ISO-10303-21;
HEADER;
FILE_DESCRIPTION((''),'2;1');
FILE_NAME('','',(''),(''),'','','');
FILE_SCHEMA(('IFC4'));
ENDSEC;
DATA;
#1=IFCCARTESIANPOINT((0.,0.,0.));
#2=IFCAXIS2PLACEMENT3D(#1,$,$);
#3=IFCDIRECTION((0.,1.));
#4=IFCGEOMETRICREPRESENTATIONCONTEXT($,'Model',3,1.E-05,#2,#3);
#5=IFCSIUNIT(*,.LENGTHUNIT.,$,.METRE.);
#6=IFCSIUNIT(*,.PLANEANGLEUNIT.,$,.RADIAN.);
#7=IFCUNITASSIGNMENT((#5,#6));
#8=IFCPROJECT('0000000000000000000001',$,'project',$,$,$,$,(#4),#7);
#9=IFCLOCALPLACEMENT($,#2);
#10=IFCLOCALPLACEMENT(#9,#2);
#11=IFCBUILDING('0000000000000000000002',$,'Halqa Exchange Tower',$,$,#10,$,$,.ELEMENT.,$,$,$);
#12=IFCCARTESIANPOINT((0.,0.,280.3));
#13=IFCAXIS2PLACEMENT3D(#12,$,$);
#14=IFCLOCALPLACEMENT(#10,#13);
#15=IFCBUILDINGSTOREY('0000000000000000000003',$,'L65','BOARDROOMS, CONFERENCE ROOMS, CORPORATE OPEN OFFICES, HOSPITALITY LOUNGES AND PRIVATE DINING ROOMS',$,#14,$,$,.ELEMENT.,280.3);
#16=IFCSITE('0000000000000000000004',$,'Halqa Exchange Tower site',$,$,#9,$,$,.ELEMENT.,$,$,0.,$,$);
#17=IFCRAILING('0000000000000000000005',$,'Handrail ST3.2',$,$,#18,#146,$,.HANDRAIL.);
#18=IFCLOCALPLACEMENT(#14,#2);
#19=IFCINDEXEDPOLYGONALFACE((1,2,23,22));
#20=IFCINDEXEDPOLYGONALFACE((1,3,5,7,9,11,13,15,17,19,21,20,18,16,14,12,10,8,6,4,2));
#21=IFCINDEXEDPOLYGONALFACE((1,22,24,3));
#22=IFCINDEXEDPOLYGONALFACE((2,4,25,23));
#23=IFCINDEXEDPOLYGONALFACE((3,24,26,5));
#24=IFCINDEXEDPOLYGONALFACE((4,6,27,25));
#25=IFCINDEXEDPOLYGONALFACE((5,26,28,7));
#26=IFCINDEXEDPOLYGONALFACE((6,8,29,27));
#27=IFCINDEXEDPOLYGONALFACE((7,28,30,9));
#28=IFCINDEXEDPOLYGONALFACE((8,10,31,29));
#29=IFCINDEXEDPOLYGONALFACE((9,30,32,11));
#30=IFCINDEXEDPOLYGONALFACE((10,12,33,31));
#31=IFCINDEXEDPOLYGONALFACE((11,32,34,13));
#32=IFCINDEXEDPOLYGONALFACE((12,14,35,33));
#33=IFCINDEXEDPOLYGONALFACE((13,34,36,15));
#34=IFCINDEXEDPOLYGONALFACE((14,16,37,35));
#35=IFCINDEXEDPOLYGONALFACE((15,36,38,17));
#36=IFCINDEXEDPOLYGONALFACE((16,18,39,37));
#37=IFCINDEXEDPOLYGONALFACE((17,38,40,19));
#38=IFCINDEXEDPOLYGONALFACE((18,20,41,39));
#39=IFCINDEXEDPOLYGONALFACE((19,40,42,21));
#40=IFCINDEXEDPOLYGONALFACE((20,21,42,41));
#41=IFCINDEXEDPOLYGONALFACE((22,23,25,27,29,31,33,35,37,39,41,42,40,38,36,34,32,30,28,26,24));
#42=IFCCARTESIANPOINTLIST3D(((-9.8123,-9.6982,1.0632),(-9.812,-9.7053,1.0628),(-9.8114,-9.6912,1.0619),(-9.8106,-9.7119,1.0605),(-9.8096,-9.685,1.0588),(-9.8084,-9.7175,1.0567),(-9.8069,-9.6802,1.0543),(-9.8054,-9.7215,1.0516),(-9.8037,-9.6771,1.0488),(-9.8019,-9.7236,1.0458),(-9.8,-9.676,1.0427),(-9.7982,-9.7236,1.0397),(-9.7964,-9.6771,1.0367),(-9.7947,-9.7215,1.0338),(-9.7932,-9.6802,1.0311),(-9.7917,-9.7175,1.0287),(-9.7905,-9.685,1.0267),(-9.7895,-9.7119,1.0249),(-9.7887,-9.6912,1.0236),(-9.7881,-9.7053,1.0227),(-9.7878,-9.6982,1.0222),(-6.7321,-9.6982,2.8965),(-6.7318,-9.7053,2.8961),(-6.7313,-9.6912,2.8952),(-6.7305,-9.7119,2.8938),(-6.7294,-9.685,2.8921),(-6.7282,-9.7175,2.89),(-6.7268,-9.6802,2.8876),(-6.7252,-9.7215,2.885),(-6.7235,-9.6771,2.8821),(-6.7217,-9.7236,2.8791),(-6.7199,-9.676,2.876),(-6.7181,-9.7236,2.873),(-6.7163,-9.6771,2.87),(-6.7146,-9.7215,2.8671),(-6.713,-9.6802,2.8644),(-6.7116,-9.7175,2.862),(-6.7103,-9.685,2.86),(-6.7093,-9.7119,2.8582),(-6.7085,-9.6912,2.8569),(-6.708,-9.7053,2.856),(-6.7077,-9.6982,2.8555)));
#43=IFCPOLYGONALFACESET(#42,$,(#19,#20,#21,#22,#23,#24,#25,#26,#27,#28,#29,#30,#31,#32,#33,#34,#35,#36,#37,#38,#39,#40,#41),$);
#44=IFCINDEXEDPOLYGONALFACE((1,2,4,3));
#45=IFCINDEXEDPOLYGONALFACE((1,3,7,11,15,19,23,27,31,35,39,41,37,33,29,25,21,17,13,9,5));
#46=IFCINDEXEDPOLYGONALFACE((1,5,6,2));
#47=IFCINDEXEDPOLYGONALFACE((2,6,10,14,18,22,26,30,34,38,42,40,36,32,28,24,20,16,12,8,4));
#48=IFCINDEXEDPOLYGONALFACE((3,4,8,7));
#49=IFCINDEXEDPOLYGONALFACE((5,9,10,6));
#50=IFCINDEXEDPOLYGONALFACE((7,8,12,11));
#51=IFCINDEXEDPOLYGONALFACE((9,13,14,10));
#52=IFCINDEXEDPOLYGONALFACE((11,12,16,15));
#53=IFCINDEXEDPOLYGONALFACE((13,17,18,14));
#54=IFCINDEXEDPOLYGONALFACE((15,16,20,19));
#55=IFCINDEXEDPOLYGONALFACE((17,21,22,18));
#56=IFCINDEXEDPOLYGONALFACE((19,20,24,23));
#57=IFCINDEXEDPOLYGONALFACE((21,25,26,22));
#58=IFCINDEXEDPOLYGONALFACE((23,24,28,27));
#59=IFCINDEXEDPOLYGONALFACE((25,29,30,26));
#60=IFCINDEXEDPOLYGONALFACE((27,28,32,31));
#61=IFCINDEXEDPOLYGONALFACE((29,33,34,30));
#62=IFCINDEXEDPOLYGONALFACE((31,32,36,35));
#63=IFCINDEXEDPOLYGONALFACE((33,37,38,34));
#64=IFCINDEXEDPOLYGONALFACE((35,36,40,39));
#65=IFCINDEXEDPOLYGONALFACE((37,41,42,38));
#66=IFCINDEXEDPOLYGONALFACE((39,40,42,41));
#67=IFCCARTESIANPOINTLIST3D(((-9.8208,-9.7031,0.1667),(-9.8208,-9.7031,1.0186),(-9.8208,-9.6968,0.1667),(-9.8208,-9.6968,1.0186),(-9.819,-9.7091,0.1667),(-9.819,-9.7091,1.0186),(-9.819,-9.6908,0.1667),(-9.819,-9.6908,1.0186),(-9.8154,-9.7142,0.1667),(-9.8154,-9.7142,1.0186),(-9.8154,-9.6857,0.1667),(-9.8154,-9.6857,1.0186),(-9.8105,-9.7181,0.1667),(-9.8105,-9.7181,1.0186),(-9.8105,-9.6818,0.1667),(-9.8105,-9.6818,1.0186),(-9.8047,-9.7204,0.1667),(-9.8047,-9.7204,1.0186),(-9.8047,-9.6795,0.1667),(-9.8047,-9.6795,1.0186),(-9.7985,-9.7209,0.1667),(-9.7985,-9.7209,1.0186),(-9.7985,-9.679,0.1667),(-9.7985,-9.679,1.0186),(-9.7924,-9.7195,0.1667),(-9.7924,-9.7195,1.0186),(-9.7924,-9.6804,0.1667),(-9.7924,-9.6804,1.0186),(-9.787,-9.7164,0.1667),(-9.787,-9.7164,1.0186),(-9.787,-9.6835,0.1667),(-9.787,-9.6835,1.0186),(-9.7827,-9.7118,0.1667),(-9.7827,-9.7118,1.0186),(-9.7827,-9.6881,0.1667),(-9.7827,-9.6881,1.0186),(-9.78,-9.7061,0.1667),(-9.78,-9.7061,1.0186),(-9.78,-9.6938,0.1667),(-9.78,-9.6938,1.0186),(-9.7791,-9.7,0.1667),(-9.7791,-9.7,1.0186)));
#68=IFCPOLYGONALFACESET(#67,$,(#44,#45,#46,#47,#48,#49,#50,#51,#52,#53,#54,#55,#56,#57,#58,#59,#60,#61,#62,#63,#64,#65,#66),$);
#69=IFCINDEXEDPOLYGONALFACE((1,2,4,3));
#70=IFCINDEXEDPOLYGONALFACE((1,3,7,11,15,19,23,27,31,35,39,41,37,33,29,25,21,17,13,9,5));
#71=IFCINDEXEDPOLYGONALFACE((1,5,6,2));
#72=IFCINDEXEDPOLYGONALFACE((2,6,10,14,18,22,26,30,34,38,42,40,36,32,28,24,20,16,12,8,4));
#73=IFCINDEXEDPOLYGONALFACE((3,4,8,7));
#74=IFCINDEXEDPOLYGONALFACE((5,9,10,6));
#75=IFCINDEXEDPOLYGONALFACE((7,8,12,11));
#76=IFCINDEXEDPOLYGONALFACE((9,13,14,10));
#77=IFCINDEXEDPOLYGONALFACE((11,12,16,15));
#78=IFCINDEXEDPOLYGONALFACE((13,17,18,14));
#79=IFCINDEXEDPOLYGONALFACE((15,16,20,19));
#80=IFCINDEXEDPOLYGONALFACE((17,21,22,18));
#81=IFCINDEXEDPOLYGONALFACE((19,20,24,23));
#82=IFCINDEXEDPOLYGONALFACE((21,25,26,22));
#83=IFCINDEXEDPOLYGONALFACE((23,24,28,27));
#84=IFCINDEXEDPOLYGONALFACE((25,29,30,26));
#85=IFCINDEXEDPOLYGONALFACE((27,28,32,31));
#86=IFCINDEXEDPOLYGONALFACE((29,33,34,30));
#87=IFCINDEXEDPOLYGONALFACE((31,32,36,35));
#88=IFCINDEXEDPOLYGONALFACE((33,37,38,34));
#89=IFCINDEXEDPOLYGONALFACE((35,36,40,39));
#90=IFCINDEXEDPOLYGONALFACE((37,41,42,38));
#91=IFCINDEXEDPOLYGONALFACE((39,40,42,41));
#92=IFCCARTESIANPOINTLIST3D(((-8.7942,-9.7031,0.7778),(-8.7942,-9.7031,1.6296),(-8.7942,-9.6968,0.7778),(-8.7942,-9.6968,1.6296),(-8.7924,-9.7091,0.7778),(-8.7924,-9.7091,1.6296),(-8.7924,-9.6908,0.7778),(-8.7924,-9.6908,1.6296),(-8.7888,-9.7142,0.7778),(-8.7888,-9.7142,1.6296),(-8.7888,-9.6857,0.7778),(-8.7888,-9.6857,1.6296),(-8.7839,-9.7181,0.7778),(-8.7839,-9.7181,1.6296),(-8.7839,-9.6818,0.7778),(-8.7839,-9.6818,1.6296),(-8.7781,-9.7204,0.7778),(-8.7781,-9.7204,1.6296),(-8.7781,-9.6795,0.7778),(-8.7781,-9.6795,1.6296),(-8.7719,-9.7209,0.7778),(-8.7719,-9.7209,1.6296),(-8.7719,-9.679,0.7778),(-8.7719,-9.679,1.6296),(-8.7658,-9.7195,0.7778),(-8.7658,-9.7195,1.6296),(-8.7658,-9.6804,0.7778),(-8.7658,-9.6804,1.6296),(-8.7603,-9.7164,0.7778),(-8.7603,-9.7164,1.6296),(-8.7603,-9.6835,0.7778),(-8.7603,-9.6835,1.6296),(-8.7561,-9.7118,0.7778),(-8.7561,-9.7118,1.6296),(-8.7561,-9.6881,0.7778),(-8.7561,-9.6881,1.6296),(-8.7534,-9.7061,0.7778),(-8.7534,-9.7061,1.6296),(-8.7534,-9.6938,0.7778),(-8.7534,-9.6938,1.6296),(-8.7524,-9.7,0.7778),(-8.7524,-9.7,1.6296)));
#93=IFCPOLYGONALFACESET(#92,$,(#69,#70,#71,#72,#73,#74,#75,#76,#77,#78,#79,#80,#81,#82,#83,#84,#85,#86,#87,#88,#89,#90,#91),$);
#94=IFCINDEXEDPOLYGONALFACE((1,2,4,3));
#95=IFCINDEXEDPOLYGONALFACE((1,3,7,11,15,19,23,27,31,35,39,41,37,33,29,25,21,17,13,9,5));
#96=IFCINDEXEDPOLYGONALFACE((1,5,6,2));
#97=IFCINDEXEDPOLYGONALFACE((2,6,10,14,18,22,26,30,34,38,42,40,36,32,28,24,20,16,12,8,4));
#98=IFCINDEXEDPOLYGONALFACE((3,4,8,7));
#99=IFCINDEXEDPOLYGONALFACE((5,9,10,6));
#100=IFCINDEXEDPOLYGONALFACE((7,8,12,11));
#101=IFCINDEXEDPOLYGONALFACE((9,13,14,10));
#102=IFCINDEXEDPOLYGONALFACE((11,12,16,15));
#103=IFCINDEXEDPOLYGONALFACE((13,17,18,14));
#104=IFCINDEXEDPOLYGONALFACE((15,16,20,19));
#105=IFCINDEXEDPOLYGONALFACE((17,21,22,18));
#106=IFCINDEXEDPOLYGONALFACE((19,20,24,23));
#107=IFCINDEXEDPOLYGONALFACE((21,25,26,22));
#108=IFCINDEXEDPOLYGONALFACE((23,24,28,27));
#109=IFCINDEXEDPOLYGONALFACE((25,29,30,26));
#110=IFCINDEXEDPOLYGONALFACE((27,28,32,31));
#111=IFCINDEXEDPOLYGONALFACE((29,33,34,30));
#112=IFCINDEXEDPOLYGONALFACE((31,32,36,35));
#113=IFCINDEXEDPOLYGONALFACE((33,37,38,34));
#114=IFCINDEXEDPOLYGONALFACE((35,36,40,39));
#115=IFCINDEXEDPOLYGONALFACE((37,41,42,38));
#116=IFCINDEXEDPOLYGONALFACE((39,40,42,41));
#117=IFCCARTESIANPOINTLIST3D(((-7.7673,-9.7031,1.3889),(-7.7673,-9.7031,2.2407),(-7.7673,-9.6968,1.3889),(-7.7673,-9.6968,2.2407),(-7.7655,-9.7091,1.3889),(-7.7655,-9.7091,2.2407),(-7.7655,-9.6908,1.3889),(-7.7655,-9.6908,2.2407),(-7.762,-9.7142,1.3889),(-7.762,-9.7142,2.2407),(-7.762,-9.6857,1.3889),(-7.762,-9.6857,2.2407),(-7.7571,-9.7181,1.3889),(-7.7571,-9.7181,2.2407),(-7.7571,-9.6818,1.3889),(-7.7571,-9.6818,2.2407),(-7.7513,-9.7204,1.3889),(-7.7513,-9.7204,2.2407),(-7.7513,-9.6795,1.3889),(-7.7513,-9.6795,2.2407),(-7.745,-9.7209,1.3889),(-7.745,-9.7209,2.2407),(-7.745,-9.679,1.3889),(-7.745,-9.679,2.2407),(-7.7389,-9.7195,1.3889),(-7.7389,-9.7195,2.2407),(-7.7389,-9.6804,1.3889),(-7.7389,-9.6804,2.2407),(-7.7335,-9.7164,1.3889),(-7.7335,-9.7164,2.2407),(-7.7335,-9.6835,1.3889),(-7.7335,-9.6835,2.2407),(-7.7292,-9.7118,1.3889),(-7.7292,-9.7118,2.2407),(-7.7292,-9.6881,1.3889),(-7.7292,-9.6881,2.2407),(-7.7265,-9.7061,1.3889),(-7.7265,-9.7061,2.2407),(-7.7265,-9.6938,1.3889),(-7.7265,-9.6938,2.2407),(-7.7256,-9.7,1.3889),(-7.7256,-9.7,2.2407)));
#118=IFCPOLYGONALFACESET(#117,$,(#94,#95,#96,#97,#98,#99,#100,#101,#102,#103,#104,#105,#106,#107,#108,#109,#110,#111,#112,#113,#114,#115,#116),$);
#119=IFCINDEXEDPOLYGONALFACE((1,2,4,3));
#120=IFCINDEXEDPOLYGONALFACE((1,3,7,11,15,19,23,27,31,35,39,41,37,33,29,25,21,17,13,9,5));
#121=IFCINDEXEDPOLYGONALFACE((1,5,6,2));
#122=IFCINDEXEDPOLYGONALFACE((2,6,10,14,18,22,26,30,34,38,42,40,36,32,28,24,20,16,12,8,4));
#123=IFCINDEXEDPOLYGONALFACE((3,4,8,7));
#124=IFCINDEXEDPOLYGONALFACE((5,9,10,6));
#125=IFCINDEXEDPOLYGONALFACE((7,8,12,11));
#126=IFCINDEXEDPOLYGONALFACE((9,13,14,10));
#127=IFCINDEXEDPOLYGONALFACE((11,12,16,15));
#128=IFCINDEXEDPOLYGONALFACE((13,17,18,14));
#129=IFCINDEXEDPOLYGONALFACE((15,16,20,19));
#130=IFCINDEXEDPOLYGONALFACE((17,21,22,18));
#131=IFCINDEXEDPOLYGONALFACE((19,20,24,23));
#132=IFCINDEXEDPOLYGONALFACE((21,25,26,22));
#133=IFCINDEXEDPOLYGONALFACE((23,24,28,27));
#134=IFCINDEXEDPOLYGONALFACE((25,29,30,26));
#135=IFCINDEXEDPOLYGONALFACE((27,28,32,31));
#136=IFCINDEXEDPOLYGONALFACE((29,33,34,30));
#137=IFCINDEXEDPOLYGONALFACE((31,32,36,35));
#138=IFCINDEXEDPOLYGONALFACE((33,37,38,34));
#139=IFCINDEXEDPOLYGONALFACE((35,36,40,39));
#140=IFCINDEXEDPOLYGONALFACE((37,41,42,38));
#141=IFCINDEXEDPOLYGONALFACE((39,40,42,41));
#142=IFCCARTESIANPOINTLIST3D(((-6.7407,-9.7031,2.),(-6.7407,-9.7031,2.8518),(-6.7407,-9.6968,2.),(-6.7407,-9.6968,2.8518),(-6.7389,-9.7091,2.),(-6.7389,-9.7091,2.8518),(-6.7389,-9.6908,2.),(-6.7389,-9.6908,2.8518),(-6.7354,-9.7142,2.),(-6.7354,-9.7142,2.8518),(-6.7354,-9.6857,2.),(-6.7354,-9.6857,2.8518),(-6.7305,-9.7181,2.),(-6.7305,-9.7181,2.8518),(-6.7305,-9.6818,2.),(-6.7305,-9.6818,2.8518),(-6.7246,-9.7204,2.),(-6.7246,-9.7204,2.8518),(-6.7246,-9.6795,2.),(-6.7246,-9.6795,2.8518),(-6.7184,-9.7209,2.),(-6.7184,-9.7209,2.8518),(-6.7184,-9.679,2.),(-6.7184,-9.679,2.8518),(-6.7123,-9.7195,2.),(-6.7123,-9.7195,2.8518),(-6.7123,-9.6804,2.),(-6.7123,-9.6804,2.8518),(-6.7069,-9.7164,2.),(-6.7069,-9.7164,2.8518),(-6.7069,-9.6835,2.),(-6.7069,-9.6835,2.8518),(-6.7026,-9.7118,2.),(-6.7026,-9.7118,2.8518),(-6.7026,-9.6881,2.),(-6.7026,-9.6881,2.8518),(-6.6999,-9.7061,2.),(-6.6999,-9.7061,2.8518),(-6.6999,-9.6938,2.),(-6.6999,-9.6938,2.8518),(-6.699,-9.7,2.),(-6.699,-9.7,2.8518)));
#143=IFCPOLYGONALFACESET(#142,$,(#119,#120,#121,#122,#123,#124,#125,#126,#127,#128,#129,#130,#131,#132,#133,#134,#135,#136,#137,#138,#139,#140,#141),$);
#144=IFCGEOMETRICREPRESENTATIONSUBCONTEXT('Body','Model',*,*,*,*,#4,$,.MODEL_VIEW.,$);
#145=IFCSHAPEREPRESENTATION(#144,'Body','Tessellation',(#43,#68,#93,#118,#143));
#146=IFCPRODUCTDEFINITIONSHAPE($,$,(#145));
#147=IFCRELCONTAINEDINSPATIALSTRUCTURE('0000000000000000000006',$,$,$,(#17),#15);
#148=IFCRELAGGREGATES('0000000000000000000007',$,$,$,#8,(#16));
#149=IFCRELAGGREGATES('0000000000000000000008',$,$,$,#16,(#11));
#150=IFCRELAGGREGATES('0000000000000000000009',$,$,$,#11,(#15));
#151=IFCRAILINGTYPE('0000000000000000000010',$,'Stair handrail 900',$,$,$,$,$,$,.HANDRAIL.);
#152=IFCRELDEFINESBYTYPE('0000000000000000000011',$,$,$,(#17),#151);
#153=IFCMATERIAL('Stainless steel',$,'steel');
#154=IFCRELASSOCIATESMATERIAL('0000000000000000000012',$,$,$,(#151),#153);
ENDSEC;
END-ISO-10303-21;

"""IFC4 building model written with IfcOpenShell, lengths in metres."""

from ifc_helpers import new_model, si_unit, direction, frame, origin, origin_2d, place, context, subcontext, project, spatial, circle, extrude, material, type_object, element, save


model = new_model("IFC4")

# Units and contexts
model_context = context("Model", 3, precision=1e-05, world=origin(), true_north=direction((0.0, 1.0)))
body_context = subcontext(model_context, "Body", "Model", "MODEL_VIEW")
ifc_project = project(units=[si_unit("LENGTHUNIT", "METRE"), si_unit("PLANEANGLEUNIT", "RADIAN")], contexts=[model_context])

# Site, building, storey
site_placement = place(None, origin())
site = spatial("IfcSite", under=ifc_project, at=site_placement, Name="Halqa Exchange Tower site", CompositionType="ELEMENT", RefElevation=0.0)
building_placement = place(site_placement, origin())
building = spatial("IfcBuilding", under=site, at=building_placement, Name="Halqa Exchange Tower", CompositionType="ELEMENT")
storey_placement = place(building_placement, frame((0.0, 0.0, 280.3)))
storey = spatial("IfcBuildingStorey", under=building, at=storey_placement, Name="L65", Description="BOARDROOMS, CONFERENCE ROOMS, CORPORATE OPEN OFFICES, HOSPITALITY LOUNGES AND PRIVATE DINING ROOMS", CompositionType="ELEMENT", Elevation=280.3)

# Shared definitions
ifc_material_1 = material(Name="Stainless steel", Category="steel")

# Railing
railing_type_1 = type_object("IfcRailingType", Name="Stair handrail 900", PredefinedType="HANDRAIL", material=ifc_material_1)
railing_1_placement = place(storey_placement, frame((-9.8, -9.7, 0.1667)))
element("IfcRailing", 1, at=railing_1_placement, inside=storey, type_object=railing_type_1, Name="Handrail ST3.2", PredefinedType="HANDRAIL", context=body_context, shape_type="SweptSolid", body=[
    extrude(circle(Radius=0.0239, at=origin_2d()), frame((0.0, 0.0, 0.876), z_axis=(0.859309, 0.0, 0.511458), x_axis=(0.0, 1.0, 0.0)), (0.0, 0.0, 1.0), 3.5845),
    extrude(circle(Radius=0.021, at=origin_2d()), origin(), (0.0, 0.0, 1.0), 0.8518),
    extrude(circle(Radius=0.021, at=origin_2d()), frame((1.0266, 0.0, 0.6111)), (0.0, 0.0, 1.0), 0.8518),
    extrude(circle(Radius=0.021, at=origin_2d()), frame((2.0535, 0.0, 1.2222)), (0.0, 0.0, 1.0), 0.8518),
    extrude(circle(Radius=0.021, at=origin_2d()), frame((3.0801, 0.0, 1.8333)), (0.0, 0.0, 1.0), 0.8518),
])

save(model, "model.ifc")
